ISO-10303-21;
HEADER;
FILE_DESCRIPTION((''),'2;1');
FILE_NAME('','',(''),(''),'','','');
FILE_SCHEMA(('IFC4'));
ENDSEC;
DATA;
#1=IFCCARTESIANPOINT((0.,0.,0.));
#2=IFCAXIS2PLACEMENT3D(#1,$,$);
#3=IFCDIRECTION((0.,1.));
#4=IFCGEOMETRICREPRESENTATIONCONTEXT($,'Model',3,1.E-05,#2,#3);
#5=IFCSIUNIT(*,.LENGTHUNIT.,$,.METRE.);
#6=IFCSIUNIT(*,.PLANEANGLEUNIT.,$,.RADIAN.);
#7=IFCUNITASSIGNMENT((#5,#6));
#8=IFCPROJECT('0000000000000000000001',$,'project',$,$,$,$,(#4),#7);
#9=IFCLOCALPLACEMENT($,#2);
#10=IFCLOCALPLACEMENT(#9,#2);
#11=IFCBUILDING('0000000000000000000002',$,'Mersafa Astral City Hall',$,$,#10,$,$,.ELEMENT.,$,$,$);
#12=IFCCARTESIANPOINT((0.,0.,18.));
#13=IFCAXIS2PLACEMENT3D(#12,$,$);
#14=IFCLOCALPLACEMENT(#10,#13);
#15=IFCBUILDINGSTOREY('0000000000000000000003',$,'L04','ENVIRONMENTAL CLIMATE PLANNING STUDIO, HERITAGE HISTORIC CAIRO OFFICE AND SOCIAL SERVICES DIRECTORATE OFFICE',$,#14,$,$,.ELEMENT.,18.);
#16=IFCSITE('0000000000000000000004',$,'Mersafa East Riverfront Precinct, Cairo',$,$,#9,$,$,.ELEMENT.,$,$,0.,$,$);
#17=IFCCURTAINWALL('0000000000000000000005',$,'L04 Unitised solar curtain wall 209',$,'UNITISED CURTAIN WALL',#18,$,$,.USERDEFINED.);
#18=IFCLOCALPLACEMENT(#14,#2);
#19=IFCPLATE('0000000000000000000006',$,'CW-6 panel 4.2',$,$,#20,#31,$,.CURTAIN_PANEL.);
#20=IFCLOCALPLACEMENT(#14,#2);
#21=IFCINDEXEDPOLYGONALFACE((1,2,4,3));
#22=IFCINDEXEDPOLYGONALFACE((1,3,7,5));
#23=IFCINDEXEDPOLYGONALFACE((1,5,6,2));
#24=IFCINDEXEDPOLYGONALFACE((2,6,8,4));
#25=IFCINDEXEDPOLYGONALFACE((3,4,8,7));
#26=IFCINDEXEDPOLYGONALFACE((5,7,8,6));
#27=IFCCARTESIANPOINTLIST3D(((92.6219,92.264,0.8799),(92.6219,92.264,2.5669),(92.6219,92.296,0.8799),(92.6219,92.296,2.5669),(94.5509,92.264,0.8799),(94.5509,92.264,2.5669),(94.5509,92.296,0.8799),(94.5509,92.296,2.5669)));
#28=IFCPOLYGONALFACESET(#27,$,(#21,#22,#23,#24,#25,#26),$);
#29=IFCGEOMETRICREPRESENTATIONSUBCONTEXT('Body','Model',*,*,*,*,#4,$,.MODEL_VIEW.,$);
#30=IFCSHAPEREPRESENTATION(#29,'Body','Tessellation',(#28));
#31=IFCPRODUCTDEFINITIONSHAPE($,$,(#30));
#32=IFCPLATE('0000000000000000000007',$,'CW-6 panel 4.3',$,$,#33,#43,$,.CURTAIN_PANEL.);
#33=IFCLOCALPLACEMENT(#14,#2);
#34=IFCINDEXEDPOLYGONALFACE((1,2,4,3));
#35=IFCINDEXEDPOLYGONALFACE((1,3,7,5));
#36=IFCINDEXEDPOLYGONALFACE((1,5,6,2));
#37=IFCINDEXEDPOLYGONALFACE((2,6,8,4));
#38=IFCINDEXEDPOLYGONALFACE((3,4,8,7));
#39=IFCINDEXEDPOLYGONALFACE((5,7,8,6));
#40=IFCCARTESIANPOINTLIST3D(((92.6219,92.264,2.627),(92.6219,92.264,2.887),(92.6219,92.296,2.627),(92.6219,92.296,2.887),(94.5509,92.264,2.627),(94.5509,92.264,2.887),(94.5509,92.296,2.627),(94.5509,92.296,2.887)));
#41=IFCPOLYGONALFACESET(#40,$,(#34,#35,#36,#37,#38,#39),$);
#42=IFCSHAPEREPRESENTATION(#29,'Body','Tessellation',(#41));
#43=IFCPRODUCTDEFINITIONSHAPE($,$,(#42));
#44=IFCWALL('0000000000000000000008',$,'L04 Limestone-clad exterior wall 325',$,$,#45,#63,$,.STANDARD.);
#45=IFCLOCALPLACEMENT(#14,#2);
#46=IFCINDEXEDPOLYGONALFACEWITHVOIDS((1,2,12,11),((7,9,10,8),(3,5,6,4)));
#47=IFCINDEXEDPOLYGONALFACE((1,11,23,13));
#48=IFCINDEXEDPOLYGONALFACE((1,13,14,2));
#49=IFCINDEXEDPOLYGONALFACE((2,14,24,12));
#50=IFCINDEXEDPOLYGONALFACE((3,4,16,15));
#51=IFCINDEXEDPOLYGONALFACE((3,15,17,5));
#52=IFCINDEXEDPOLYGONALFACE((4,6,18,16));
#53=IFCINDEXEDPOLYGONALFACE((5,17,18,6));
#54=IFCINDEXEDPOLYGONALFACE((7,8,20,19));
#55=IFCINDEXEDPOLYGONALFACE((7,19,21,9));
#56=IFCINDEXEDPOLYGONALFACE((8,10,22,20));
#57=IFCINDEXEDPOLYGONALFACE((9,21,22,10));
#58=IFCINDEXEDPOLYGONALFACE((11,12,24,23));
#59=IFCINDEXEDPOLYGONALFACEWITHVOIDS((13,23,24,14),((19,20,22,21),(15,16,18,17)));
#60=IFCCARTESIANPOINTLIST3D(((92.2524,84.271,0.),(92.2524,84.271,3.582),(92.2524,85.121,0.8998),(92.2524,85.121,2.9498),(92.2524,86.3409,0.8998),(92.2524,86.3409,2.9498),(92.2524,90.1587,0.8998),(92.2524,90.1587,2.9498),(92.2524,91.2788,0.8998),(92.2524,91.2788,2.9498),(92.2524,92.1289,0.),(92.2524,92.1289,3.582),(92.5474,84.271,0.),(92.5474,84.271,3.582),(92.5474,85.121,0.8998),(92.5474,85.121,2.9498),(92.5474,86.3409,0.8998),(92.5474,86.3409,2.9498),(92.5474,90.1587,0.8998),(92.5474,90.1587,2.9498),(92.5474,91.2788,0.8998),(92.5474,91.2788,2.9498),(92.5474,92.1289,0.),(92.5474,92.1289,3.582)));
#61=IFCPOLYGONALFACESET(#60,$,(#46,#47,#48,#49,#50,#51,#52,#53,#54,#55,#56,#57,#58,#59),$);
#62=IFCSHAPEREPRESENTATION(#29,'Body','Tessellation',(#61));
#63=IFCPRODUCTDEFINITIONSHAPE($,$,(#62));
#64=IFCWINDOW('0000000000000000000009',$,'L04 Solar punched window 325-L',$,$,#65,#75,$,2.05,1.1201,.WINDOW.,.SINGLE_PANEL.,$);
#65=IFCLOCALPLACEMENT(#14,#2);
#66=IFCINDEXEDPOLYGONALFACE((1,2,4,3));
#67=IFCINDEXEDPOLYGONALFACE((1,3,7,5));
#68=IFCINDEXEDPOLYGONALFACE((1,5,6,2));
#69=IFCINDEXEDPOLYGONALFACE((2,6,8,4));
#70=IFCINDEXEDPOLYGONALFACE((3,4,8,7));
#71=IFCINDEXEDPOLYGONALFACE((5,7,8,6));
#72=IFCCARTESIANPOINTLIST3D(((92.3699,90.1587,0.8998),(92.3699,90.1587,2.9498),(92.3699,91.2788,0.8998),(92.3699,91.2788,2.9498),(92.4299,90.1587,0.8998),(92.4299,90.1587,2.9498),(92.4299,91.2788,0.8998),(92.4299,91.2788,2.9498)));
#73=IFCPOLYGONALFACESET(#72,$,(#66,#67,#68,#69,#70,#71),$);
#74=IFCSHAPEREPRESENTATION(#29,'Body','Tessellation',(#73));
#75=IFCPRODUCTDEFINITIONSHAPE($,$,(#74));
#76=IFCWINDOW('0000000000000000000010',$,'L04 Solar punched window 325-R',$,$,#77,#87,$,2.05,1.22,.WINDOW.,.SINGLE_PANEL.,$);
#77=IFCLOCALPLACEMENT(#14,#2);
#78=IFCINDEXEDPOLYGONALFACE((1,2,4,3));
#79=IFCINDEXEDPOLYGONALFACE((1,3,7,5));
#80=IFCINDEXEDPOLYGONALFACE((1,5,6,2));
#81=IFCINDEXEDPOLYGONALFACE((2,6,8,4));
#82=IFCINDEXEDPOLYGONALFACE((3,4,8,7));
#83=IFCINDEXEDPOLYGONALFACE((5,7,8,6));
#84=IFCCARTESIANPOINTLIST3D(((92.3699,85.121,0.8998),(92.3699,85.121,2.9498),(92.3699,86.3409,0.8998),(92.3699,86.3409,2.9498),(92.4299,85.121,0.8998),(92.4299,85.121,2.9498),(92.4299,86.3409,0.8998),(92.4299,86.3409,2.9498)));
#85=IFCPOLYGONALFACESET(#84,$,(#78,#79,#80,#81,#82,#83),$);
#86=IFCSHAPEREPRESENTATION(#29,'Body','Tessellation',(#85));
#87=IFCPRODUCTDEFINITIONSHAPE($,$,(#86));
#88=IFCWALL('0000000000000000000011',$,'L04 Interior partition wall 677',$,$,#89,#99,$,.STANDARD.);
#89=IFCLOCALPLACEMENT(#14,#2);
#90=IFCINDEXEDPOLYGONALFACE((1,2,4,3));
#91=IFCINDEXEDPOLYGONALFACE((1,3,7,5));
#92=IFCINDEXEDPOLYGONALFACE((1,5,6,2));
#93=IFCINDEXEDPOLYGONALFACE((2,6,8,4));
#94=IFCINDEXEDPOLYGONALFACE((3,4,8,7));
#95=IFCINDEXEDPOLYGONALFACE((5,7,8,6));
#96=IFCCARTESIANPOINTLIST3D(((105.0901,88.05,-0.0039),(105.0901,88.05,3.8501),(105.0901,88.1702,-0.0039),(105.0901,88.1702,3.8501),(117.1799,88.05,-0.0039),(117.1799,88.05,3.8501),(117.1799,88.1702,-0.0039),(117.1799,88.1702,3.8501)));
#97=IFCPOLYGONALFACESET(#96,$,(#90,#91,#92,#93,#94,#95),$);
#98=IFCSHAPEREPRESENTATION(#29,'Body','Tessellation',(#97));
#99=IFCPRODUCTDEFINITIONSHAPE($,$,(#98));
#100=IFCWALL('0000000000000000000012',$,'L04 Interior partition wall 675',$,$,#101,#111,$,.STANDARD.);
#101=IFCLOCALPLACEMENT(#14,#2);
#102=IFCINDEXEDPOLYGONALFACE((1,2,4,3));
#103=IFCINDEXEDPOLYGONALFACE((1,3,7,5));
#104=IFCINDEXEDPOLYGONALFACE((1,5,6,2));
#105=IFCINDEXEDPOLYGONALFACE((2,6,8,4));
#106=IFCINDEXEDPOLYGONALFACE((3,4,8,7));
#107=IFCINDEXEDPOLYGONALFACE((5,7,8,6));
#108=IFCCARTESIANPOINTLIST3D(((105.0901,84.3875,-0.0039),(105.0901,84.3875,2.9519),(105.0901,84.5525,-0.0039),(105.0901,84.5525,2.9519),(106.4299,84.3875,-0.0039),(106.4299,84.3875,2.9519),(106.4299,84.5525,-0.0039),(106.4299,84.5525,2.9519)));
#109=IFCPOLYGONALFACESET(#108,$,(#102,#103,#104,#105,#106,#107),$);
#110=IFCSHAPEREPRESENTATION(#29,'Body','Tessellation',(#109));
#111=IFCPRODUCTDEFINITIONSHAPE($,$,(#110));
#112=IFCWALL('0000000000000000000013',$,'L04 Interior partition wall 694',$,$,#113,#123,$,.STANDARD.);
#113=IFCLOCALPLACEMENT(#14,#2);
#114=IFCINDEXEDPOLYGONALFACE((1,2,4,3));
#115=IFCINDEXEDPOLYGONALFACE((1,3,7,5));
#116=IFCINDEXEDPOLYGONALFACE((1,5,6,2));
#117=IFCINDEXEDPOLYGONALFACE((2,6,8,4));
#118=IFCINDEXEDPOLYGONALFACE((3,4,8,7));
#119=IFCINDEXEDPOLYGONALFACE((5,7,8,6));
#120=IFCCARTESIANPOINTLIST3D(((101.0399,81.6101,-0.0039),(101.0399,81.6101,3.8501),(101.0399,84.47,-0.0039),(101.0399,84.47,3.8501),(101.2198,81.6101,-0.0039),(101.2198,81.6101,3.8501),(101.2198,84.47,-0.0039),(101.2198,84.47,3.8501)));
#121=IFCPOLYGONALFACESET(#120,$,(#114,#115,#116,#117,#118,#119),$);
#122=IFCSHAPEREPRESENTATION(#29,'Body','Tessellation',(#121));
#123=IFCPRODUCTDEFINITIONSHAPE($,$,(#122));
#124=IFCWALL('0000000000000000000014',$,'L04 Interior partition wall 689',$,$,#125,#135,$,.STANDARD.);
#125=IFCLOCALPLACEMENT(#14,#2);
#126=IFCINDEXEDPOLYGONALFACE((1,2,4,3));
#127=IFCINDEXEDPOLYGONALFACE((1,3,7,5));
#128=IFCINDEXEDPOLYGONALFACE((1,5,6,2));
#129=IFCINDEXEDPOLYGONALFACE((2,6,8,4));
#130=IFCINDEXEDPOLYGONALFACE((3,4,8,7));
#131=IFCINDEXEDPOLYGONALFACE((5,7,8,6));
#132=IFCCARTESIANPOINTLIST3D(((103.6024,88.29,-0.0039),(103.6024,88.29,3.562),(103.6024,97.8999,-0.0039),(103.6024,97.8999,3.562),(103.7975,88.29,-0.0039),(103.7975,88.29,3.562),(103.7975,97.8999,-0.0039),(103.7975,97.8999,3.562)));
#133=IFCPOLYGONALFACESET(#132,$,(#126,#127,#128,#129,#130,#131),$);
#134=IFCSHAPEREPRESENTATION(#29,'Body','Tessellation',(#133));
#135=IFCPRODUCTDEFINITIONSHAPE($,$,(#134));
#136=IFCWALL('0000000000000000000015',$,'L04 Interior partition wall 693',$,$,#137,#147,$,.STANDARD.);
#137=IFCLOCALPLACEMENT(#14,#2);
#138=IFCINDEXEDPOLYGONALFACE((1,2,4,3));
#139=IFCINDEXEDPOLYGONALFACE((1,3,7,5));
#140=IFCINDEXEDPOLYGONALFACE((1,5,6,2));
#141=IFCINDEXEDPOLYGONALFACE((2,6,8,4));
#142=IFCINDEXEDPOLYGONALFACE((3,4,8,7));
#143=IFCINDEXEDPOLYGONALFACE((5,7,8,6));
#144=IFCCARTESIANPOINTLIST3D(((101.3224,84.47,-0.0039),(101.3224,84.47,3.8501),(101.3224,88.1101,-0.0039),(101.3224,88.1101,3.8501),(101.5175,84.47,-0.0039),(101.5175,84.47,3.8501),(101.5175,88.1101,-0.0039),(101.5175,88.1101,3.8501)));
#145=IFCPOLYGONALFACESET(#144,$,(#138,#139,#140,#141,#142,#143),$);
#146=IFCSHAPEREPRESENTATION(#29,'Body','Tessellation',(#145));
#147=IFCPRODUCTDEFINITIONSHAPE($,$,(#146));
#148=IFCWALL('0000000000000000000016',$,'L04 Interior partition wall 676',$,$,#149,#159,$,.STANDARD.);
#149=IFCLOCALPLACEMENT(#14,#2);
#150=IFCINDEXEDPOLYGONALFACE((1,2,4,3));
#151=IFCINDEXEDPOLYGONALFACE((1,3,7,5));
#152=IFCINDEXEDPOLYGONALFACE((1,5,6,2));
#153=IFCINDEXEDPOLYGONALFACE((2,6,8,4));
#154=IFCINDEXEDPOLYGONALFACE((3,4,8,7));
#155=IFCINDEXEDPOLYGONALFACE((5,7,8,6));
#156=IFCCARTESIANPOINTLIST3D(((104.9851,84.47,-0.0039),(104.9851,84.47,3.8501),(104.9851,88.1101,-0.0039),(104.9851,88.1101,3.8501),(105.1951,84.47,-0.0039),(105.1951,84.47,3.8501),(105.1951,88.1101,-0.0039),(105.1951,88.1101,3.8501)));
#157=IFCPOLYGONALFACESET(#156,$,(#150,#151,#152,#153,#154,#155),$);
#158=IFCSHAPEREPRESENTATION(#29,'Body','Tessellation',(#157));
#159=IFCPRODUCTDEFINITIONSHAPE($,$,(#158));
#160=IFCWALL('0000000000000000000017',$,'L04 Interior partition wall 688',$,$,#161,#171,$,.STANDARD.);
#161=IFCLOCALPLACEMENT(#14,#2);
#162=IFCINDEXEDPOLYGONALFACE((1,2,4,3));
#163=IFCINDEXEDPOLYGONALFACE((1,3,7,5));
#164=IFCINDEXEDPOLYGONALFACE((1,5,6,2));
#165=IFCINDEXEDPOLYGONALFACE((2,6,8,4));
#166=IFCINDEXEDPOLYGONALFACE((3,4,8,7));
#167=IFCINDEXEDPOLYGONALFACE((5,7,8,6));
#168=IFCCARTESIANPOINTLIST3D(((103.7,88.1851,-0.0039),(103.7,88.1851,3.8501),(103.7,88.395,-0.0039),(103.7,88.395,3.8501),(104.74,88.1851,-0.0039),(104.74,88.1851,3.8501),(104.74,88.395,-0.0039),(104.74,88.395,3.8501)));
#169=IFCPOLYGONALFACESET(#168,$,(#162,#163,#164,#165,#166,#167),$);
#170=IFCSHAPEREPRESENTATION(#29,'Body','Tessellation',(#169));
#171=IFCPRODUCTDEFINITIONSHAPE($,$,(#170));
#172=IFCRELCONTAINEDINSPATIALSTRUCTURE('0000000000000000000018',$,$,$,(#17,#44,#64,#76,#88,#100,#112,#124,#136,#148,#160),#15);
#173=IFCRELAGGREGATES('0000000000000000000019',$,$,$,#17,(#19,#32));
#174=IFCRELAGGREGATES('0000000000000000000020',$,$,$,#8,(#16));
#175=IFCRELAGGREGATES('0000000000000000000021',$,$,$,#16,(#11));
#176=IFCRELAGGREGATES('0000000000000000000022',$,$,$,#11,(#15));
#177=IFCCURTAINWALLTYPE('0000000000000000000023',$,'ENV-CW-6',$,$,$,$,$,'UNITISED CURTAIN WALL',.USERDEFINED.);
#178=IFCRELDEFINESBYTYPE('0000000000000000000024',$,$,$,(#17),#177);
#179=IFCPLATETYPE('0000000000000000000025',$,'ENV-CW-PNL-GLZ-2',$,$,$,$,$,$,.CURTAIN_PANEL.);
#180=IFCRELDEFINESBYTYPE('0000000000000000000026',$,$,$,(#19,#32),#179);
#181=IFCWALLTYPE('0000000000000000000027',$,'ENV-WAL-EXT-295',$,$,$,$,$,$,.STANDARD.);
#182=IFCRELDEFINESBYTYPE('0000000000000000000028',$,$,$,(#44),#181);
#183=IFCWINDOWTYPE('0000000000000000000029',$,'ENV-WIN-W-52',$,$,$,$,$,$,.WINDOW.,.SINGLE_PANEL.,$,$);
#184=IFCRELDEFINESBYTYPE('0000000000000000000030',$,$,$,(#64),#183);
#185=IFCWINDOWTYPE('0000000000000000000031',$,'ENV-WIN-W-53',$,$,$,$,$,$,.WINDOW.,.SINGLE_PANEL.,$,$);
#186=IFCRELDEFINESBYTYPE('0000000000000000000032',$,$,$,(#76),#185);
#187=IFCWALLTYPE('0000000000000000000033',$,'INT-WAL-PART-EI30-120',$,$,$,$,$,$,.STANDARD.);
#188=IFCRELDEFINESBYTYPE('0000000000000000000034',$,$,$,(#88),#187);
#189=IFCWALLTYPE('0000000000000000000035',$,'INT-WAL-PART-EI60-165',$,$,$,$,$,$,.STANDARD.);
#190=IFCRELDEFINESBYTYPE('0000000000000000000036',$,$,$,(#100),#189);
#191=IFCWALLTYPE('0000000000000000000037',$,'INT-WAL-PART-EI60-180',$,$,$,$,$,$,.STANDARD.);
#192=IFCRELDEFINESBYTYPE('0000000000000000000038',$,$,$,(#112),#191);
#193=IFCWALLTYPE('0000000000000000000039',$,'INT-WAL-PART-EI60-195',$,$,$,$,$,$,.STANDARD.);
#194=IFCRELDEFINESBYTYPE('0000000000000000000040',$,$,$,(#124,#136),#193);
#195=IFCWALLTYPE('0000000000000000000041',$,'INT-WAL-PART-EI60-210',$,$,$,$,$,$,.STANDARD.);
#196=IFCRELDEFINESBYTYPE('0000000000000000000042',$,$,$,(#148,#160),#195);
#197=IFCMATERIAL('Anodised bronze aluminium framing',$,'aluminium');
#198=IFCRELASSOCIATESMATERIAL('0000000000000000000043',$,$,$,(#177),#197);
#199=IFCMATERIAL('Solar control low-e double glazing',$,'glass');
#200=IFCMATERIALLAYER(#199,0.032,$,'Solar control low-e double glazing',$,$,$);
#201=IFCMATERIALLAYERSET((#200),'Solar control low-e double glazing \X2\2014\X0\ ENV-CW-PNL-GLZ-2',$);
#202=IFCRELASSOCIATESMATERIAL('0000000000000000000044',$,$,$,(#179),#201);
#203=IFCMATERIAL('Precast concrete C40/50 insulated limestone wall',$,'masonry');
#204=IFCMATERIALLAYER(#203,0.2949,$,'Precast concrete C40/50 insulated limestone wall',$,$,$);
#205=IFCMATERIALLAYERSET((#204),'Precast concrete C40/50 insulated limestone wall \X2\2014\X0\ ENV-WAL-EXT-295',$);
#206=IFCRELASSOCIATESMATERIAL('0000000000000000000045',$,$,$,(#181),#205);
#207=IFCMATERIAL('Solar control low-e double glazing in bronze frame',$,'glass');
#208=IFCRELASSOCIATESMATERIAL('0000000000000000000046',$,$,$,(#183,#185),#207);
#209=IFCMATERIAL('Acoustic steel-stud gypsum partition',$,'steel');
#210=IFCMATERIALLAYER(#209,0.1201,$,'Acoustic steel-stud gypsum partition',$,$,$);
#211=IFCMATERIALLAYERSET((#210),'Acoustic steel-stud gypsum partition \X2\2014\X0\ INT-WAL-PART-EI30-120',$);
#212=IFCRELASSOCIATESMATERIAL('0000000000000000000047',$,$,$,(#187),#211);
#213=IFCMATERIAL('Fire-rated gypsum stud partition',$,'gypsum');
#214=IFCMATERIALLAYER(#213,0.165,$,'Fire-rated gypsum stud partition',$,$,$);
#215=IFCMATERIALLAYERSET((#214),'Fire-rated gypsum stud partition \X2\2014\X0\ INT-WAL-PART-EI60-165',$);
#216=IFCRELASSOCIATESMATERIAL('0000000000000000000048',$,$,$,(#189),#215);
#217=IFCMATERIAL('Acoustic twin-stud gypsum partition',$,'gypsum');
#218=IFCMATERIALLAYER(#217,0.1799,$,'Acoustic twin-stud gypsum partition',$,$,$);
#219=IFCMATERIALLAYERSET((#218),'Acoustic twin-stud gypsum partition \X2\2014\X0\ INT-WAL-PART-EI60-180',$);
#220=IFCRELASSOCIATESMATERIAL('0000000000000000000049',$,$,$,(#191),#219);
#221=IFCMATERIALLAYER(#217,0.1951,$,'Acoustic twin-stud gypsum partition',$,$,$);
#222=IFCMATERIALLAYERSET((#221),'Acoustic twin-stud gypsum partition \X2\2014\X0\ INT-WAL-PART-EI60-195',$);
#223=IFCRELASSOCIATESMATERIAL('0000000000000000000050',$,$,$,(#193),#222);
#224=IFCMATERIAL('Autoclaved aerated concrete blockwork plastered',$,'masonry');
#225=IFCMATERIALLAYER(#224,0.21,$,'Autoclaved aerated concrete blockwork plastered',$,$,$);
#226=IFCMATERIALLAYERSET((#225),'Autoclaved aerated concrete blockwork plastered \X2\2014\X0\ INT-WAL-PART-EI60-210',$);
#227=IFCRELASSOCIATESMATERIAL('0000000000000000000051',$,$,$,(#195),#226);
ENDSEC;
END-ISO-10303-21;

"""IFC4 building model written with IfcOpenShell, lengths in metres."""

from ifc_helpers import new_model, si_unit, direction, frame, frame_2d, origin, origin_2d, place, context, subcontext, project, spatial, rectangle, extrude, material, layer, layer_set, type_object, element, fill, aggregate, save


model = new_model("IFC4")

# Units and contexts
model_context = context("Model", 3, precision=1e-05, world=origin(), true_north=direction((0.0, 1.0)))
body_context = subcontext(model_context, "Body", "Model", "MODEL_VIEW")
ifc_project = project(units=[si_unit("LENGTHUNIT", "METRE"), si_unit("PLANEANGLEUNIT", "RADIAN")], contexts=[model_context])

# Site, building, storey
site_placement = place(None, origin())
site = spatial("IfcSite", under=ifc_project, at=site_placement, Name="Mersafa East Riverfront Precinct, Cairo", CompositionType="ELEMENT", RefElevation=0.0)
building_placement = place(site_placement, origin())
building = spatial("IfcBuilding", under=site, at=building_placement, Name="Mersafa Astral City Hall", CompositionType="ELEMENT")
storey_placement = place(building_placement, frame((0.0, 0.0, 18.0)))
storey = spatial("IfcBuildingStorey", under=building, at=storey_placement, Name="L04", Description="ENVIRONMENTAL CLIMATE PLANNING STUDIO, HERITAGE HISTORIC CAIRO OFFICE AND SOCIAL SERVICES DIRECTORATE OFFICE", CompositionType="ELEMENT", Elevation=18.0)

# Curtain wall
ifc_material_1 = material(Name="Anodised bronze aluminium framing", Category="aluminium")
curtain_wall_type_1 = type_object("IfcCurtainWallType", Name="ENV-CW-6", ElementType="UNITISED CURTAIN WALL", PredefinedType="USERDEFINED", material=ifc_material_1)
curtain_wall_1_placement = place(storey_placement, origin())
curtain_wall_1 = element("IfcCurtainWall", 1, at=curtain_wall_1_placement, inside=storey, type_object=curtain_wall_type_1, Name="L04 Unitised solar curtain wall 209", ObjectType="UNITISED CURTAIN WALL", PredefinedType="USERDEFINED")

# Plates
ifc_material_2 = material(Name="Solar control low-e double glazing", Category="glass")
ifc_layer_1 = layer(ifc_material_2, 0.032, Name="Solar control low-e double glazing")
ifc_layer_set_1 = layer_set([ifc_layer_1], Name="Solar control low-e double glazing — ENV-CW-PNL-GLZ-2")
plate_type = type_object("IfcPlateType", Name="ENV-CW-PNL-GLZ-2", PredefinedType="CURTAIN_PANEL", material=ifc_layer_set_1)
plate_1_placement = place(storey_placement, frame((93.5864, 92.28, 0.8799), z_axis=(0.0, 0.0, 1.0), x_axis=(-1.0, 0.0, 0.0)))
plate_1 = element("IfcPlate", 2, at=plate_1_placement, type_object=plate_type, Name="CW-6 panel 4.2", PredefinedType="CURTAIN_PANEL", context=body_context, shape_type="SweptSolid", body=[
    extrude(rectangle(XDim=1.929, YDim=0.032, at=origin_2d()), origin(), (0.0, 0.0, 1.0), 1.687),
])
plate_2_placement = place(storey_placement, frame((93.5864, 92.28, 2.627), z_axis=(0.0, 0.0, 1.0), x_axis=(-1.0, 0.0, 0.0)))
plate_2 = element("IfcPlate", 3, at=plate_2_placement, type_object=plate_type, Name="CW-6 panel 4.3", PredefinedType="CURTAIN_PANEL", context=body_context, shape_type="SweptSolid", body=[
    extrude(rectangle(XDim=1.929, YDim=0.032, at=origin_2d()), origin(), (0.0, 0.0, 1.0), 0.26),
])
aggregate(curtain_wall_1, [plate_1, plate_2])

# Wall, openings, windows
ifc_material_3 = material(Name="Precast concrete C40/50 insulated limestone wall", Category="masonry")
ifc_layer_2 = layer(ifc_material_3, 0.2949, Name="Precast concrete C40/50 insulated limestone wall")
ifc_layer_set_2 = layer_set([ifc_layer_2], Name="Precast concrete C40/50 insulated limestone wall — ENV-WAL-EXT-295")
wall_type_1 = type_object("IfcWallType", Name="ENV-WAL-EXT-295", PredefinedType="STANDARD", material=ifc_layer_set_2)
wall_1_placement = place(storey_placement, frame((92.3999, 92.1289, 0.0), z_axis=(0.0, 0.0, 1.0), x_axis=(0.0, -1.0, 0.0)))
wall_1 = element("IfcWall", 4, at=wall_1_placement, inside=storey, type_object=wall_type_1, Name="L04 Limestone-clad exterior wall 325", PredefinedType="STANDARD", context=body_context, shape_type="SweptSolid", body=[
    extrude(rectangle(XDim=7.8579, YDim=0.2949, at=frame_2d((3.929, 0.0))), origin(), (0.0, 0.0, 1.0), 3.582),
])
opening_1_placement = place(wall_1_placement, frame((0.8501, 0.0, 0.8999)))
opening_1 = element("IfcOpeningElement", 5, at=opening_1_placement, cuts=wall_1, PredefinedType="OPENING", context=body_context, shape_type="SweptSolid", body=[
    extrude(rectangle(XDim=1.1201, YDim=2.05, at=frame_2d((0.5601, 1.0249))), frame((0.0, 0.1575, 0.0), z_axis=(0.0, -1.0, 0.0), x_axis=(1.0, 0.0, 0.0)), (0.0, 0.0, 1.0), 0.3149),
])
opening_2_placement = place(wall_1_placement, frame((5.7881, 0.0, 0.8999)))
opening_2 = element("IfcOpeningElement", 6, at=opening_2_placement, cuts=wall_1, PredefinedType="OPENING", context=body_context, shape_type="SweptSolid", body=[
    extrude(rectangle(XDim=1.22, YDim=2.05, at=frame_2d((0.6099, 1.0249))), frame((0.0, 0.1575, 0.0), z_axis=(0.0, -1.0, 0.0), x_axis=(1.0, 0.0, 0.0)), (0.0, 0.0, 1.0), 0.3149),
])
ifc_material_4 = material(Name="Solar control low-e double glazing in bronze frame", Category="glass")
window_type_1 = type_object("IfcWindowType", Name="ENV-WIN-W-52", PartitioningType="SINGLE_PANEL", PredefinedType="WINDOW", material=ifc_material_4)
window_1_placement = place(opening_1_placement, origin())
window_1 = element("IfcWindow", 7, at=window_1_placement, inside=storey, type_object=window_type_1, Name="L04 Solar punched window 325-L", OverallHeight=2.05, OverallWidth=1.1201, PartitioningType="SINGLE_PANEL", PredefinedType="WINDOW", context=body_context, shape_type="SweptSolid", body=[
    extrude(rectangle(XDim=1.1201, YDim=2.05, at=frame_2d((0.5601, 1.0249))), frame((0.0, 0.03, 0.0), z_axis=(0.0, -1.0, 0.0), x_axis=(1.0, 0.0, 0.0)), (0.0, 0.0, 1.0), 0.0601),
])
fill(opening_1, window_1)
window_type_2 = type_object("IfcWindowType", Name="ENV-WIN-W-53", PartitioningType="SINGLE_PANEL", PredefinedType="WINDOW", material=ifc_material_4)
window_2_placement = place(opening_2_placement, origin())
window_2 = element("IfcWindow", 8, at=window_2_placement, inside=storey, type_object=window_type_2, Name="L04 Solar punched window 325-R", OverallHeight=2.05, OverallWidth=1.22, PartitioningType="SINGLE_PANEL", PredefinedType="WINDOW", context=body_context, shape_type="SweptSolid", body=[
    extrude(rectangle(XDim=1.22, YDim=2.05, at=frame_2d((0.6099, 1.0249))), frame((0.0, 0.03, 0.0), z_axis=(0.0, -1.0, 0.0), x_axis=(1.0, 0.0, 0.0)), (0.0, 0.0, 1.0), 0.0601),
])
fill(opening_2, window_2)

# Walls
ifc_material_5 = material(Name="Acoustic steel-stud gypsum partition", Category="steel")
ifc_layer_3 = layer(ifc_material_5, 0.1201, Name="Acoustic steel-stud gypsum partition")
ifc_layer_set_3 = layer_set([ifc_layer_3], Name="Acoustic steel-stud gypsum partition — INT-WAL-PART-EI30-120")
wall_type_2 = type_object("IfcWallType", Name="INT-WAL-PART-EI30-120", PredefinedType="STANDARD", material=ifc_layer_set_3)
wall_2_placement = place(storey_placement, frame((105.0901, 88.1101, -0.0039), z_axis=(0.0, 0.0, 1.0), x_axis=(1.0, 0.0, 0.0)))
element("IfcWall", 9, at=wall_2_placement, inside=storey, type_object=wall_type_2, Name="L04 Interior partition wall 677", PredefinedType="STANDARD", context=body_context, shape_type="SweptSolid", body=[
    extrude(rectangle(XDim=12.0898, YDim=0.1201, at=frame_2d((6.0449, 0.0))), origin(), (0.0, 0.0, 1.0), 3.854),
])
ifc_material_6 = material(Name="Fire-rated gypsum stud partition", Category="gypsum")
ifc_layer_4 = layer(ifc_material_6, 0.165, Name="Fire-rated gypsum stud partition")
ifc_layer_set_4 = layer_set([ifc_layer_4], Name="Fire-rated gypsum stud partition — INT-WAL-PART-EI60-165")
wall_type_3 = type_object("IfcWallType", Name="INT-WAL-PART-EI60-165", PredefinedType="STANDARD", material=ifc_layer_set_4)
wall_3_placement = place(storey_placement, frame((106.4299, 84.47, -0.0039), z_axis=(0.0, 0.0, 1.0), x_axis=(-1.0, 0.0, 0.0)))
element("IfcWall", 10, at=wall_3_placement, inside=storey, type_object=wall_type_3, Name="L04 Interior partition wall 675", PredefinedType="STANDARD", context=body_context, shape_type="SweptSolid", body=[
    extrude(rectangle(XDim=1.3398, YDim=0.165, at=frame_2d((0.6699, 0.0))), origin(), (0.0, 0.0, 1.0), 2.9558),
])
ifc_material_7 = material(Name="Acoustic twin-stud gypsum partition", Category="gypsum")
ifc_layer_5 = layer(ifc_material_7, 0.1799, Name="Acoustic twin-stud gypsum partition")
ifc_layer_set_5 = layer_set([ifc_layer_5], Name="Acoustic twin-stud gypsum partition — INT-WAL-PART-EI60-180")
wall_type_4 = type_object("IfcWallType", Name="INT-WAL-PART-EI60-180", PredefinedType="STANDARD", material=ifc_layer_set_5)
wall_4_placement = place(storey_placement, frame((101.1299, 84.47, -0.0039), z_axis=(0.0, 0.0, 1.0), x_axis=(0.0, -1.0, 0.0)))
element("IfcWall", 11, at=wall_4_placement, inside=storey, type_object=wall_type_4, Name="L04 Interior partition wall 694", PredefinedType="STANDARD", context=body_context, shape_type="SweptSolid", body=[
    extrude(rectangle(XDim=2.8599, YDim=0.1799, at=frame_2d((1.4299, 0.0))), origin(), (0.0, 0.0, 1.0), 3.854),
])
ifc_layer_6 = layer(ifc_material_7, 0.1951, Name="Acoustic twin-stud gypsum partition")
ifc_layer_set_6 = layer_set([ifc_layer_6], Name="Acoustic twin-stud gypsum partition — INT-WAL-PART-EI60-195")
wall_type_5 = type_object("IfcWallType", Name="INT-WAL-PART-EI60-195", PredefinedType="STANDARD", material=ifc_layer_set_6)
wall_5_placement = place(storey_placement, frame((103.7, 88.29, -0.0039), z_axis=(0.0, 0.0, 1.0), x_axis=(0.0, 1.0, 0.0)))
element("IfcWall", 12, at=wall_5_placement, inside=storey, type_object=wall_type_5, Name="L04 Interior partition wall 689", PredefinedType="STANDARD", context=body_context, shape_type="SweptSolid", body=[
    extrude(rectangle(XDim=9.6099, YDim=0.1951, at=frame_2d((4.8049, 0.0))), origin(), (0.0, 0.0, 1.0), 3.5659),
])
wall_6_placement = place(storey_placement, frame((101.4199, 88.1101, -0.0039), z_axis=(0.0, 0.0, 1.0), x_axis=(0.0, -1.0, 0.0)))
element("IfcWall", 13, at=wall_6_placement, inside=storey, type_object=wall_type_5, Name="L04 Interior partition wall 693", PredefinedType="STANDARD", context=body_context, shape_type="SweptSolid", body=[
    extrude(rectangle(XDim=3.6401, YDim=0.1951, at=frame_2d((1.8201, 0.0))), origin(), (0.0, 0.0, 1.0), 3.854),
])
ifc_material_8 = material(Name="Autoclaved aerated concrete blockwork plastered", Category="masonry")
ifc_layer_7 = layer(ifc_material_8, 0.21, Name="Autoclaved aerated concrete blockwork plastered")
ifc_layer_set_7 = layer_set([ifc_layer_7], Name="Autoclaved aerated concrete blockwork plastered — INT-WAL-PART-EI60-210")
wall_type_6 = type_object("IfcWallType", Name="INT-WAL-PART-EI60-210", PredefinedType="STANDARD", material=ifc_layer_set_7)
wall_7_placement = place(storey_placement, frame((105.0901, 84.47, -0.0039), z_axis=(0.0, 0.0, 1.0), x_axis=(0.0, 1.0, 0.0)))
element("IfcWall", 14, at=wall_7_placement, inside=storey, type_object=wall_type_6, Name="L04 Interior partition wall 676", PredefinedType="STANDARD", context=body_context, shape_type="SweptSolid", body=[
    extrude(rectangle(XDim=3.6401, YDim=0.21, at=frame_2d((1.8201, 0.0))), origin(), (0.0, 0.0, 1.0), 3.854),
])
wall_8_placement = place(storey_placement, frame((104.74, 88.29, -0.0039), z_axis=(0.0, 0.0, 1.0), x_axis=(-1.0, 0.0, 0.0)))
element("IfcWall", 15, at=wall_8_placement, inside=storey, type_object=wall_type_6, Name="L04 Interior partition wall 688", PredefinedType="STANDARD", context=body_context, shape_type="SweptSolid", body=[
    extrude(rectangle(XDim=1.04, YDim=0.21, at=frame_2d((0.52, 0.0))), origin(), (0.0, 0.0, 1.0), 3.854),
])

save(model, "model.ifc")
